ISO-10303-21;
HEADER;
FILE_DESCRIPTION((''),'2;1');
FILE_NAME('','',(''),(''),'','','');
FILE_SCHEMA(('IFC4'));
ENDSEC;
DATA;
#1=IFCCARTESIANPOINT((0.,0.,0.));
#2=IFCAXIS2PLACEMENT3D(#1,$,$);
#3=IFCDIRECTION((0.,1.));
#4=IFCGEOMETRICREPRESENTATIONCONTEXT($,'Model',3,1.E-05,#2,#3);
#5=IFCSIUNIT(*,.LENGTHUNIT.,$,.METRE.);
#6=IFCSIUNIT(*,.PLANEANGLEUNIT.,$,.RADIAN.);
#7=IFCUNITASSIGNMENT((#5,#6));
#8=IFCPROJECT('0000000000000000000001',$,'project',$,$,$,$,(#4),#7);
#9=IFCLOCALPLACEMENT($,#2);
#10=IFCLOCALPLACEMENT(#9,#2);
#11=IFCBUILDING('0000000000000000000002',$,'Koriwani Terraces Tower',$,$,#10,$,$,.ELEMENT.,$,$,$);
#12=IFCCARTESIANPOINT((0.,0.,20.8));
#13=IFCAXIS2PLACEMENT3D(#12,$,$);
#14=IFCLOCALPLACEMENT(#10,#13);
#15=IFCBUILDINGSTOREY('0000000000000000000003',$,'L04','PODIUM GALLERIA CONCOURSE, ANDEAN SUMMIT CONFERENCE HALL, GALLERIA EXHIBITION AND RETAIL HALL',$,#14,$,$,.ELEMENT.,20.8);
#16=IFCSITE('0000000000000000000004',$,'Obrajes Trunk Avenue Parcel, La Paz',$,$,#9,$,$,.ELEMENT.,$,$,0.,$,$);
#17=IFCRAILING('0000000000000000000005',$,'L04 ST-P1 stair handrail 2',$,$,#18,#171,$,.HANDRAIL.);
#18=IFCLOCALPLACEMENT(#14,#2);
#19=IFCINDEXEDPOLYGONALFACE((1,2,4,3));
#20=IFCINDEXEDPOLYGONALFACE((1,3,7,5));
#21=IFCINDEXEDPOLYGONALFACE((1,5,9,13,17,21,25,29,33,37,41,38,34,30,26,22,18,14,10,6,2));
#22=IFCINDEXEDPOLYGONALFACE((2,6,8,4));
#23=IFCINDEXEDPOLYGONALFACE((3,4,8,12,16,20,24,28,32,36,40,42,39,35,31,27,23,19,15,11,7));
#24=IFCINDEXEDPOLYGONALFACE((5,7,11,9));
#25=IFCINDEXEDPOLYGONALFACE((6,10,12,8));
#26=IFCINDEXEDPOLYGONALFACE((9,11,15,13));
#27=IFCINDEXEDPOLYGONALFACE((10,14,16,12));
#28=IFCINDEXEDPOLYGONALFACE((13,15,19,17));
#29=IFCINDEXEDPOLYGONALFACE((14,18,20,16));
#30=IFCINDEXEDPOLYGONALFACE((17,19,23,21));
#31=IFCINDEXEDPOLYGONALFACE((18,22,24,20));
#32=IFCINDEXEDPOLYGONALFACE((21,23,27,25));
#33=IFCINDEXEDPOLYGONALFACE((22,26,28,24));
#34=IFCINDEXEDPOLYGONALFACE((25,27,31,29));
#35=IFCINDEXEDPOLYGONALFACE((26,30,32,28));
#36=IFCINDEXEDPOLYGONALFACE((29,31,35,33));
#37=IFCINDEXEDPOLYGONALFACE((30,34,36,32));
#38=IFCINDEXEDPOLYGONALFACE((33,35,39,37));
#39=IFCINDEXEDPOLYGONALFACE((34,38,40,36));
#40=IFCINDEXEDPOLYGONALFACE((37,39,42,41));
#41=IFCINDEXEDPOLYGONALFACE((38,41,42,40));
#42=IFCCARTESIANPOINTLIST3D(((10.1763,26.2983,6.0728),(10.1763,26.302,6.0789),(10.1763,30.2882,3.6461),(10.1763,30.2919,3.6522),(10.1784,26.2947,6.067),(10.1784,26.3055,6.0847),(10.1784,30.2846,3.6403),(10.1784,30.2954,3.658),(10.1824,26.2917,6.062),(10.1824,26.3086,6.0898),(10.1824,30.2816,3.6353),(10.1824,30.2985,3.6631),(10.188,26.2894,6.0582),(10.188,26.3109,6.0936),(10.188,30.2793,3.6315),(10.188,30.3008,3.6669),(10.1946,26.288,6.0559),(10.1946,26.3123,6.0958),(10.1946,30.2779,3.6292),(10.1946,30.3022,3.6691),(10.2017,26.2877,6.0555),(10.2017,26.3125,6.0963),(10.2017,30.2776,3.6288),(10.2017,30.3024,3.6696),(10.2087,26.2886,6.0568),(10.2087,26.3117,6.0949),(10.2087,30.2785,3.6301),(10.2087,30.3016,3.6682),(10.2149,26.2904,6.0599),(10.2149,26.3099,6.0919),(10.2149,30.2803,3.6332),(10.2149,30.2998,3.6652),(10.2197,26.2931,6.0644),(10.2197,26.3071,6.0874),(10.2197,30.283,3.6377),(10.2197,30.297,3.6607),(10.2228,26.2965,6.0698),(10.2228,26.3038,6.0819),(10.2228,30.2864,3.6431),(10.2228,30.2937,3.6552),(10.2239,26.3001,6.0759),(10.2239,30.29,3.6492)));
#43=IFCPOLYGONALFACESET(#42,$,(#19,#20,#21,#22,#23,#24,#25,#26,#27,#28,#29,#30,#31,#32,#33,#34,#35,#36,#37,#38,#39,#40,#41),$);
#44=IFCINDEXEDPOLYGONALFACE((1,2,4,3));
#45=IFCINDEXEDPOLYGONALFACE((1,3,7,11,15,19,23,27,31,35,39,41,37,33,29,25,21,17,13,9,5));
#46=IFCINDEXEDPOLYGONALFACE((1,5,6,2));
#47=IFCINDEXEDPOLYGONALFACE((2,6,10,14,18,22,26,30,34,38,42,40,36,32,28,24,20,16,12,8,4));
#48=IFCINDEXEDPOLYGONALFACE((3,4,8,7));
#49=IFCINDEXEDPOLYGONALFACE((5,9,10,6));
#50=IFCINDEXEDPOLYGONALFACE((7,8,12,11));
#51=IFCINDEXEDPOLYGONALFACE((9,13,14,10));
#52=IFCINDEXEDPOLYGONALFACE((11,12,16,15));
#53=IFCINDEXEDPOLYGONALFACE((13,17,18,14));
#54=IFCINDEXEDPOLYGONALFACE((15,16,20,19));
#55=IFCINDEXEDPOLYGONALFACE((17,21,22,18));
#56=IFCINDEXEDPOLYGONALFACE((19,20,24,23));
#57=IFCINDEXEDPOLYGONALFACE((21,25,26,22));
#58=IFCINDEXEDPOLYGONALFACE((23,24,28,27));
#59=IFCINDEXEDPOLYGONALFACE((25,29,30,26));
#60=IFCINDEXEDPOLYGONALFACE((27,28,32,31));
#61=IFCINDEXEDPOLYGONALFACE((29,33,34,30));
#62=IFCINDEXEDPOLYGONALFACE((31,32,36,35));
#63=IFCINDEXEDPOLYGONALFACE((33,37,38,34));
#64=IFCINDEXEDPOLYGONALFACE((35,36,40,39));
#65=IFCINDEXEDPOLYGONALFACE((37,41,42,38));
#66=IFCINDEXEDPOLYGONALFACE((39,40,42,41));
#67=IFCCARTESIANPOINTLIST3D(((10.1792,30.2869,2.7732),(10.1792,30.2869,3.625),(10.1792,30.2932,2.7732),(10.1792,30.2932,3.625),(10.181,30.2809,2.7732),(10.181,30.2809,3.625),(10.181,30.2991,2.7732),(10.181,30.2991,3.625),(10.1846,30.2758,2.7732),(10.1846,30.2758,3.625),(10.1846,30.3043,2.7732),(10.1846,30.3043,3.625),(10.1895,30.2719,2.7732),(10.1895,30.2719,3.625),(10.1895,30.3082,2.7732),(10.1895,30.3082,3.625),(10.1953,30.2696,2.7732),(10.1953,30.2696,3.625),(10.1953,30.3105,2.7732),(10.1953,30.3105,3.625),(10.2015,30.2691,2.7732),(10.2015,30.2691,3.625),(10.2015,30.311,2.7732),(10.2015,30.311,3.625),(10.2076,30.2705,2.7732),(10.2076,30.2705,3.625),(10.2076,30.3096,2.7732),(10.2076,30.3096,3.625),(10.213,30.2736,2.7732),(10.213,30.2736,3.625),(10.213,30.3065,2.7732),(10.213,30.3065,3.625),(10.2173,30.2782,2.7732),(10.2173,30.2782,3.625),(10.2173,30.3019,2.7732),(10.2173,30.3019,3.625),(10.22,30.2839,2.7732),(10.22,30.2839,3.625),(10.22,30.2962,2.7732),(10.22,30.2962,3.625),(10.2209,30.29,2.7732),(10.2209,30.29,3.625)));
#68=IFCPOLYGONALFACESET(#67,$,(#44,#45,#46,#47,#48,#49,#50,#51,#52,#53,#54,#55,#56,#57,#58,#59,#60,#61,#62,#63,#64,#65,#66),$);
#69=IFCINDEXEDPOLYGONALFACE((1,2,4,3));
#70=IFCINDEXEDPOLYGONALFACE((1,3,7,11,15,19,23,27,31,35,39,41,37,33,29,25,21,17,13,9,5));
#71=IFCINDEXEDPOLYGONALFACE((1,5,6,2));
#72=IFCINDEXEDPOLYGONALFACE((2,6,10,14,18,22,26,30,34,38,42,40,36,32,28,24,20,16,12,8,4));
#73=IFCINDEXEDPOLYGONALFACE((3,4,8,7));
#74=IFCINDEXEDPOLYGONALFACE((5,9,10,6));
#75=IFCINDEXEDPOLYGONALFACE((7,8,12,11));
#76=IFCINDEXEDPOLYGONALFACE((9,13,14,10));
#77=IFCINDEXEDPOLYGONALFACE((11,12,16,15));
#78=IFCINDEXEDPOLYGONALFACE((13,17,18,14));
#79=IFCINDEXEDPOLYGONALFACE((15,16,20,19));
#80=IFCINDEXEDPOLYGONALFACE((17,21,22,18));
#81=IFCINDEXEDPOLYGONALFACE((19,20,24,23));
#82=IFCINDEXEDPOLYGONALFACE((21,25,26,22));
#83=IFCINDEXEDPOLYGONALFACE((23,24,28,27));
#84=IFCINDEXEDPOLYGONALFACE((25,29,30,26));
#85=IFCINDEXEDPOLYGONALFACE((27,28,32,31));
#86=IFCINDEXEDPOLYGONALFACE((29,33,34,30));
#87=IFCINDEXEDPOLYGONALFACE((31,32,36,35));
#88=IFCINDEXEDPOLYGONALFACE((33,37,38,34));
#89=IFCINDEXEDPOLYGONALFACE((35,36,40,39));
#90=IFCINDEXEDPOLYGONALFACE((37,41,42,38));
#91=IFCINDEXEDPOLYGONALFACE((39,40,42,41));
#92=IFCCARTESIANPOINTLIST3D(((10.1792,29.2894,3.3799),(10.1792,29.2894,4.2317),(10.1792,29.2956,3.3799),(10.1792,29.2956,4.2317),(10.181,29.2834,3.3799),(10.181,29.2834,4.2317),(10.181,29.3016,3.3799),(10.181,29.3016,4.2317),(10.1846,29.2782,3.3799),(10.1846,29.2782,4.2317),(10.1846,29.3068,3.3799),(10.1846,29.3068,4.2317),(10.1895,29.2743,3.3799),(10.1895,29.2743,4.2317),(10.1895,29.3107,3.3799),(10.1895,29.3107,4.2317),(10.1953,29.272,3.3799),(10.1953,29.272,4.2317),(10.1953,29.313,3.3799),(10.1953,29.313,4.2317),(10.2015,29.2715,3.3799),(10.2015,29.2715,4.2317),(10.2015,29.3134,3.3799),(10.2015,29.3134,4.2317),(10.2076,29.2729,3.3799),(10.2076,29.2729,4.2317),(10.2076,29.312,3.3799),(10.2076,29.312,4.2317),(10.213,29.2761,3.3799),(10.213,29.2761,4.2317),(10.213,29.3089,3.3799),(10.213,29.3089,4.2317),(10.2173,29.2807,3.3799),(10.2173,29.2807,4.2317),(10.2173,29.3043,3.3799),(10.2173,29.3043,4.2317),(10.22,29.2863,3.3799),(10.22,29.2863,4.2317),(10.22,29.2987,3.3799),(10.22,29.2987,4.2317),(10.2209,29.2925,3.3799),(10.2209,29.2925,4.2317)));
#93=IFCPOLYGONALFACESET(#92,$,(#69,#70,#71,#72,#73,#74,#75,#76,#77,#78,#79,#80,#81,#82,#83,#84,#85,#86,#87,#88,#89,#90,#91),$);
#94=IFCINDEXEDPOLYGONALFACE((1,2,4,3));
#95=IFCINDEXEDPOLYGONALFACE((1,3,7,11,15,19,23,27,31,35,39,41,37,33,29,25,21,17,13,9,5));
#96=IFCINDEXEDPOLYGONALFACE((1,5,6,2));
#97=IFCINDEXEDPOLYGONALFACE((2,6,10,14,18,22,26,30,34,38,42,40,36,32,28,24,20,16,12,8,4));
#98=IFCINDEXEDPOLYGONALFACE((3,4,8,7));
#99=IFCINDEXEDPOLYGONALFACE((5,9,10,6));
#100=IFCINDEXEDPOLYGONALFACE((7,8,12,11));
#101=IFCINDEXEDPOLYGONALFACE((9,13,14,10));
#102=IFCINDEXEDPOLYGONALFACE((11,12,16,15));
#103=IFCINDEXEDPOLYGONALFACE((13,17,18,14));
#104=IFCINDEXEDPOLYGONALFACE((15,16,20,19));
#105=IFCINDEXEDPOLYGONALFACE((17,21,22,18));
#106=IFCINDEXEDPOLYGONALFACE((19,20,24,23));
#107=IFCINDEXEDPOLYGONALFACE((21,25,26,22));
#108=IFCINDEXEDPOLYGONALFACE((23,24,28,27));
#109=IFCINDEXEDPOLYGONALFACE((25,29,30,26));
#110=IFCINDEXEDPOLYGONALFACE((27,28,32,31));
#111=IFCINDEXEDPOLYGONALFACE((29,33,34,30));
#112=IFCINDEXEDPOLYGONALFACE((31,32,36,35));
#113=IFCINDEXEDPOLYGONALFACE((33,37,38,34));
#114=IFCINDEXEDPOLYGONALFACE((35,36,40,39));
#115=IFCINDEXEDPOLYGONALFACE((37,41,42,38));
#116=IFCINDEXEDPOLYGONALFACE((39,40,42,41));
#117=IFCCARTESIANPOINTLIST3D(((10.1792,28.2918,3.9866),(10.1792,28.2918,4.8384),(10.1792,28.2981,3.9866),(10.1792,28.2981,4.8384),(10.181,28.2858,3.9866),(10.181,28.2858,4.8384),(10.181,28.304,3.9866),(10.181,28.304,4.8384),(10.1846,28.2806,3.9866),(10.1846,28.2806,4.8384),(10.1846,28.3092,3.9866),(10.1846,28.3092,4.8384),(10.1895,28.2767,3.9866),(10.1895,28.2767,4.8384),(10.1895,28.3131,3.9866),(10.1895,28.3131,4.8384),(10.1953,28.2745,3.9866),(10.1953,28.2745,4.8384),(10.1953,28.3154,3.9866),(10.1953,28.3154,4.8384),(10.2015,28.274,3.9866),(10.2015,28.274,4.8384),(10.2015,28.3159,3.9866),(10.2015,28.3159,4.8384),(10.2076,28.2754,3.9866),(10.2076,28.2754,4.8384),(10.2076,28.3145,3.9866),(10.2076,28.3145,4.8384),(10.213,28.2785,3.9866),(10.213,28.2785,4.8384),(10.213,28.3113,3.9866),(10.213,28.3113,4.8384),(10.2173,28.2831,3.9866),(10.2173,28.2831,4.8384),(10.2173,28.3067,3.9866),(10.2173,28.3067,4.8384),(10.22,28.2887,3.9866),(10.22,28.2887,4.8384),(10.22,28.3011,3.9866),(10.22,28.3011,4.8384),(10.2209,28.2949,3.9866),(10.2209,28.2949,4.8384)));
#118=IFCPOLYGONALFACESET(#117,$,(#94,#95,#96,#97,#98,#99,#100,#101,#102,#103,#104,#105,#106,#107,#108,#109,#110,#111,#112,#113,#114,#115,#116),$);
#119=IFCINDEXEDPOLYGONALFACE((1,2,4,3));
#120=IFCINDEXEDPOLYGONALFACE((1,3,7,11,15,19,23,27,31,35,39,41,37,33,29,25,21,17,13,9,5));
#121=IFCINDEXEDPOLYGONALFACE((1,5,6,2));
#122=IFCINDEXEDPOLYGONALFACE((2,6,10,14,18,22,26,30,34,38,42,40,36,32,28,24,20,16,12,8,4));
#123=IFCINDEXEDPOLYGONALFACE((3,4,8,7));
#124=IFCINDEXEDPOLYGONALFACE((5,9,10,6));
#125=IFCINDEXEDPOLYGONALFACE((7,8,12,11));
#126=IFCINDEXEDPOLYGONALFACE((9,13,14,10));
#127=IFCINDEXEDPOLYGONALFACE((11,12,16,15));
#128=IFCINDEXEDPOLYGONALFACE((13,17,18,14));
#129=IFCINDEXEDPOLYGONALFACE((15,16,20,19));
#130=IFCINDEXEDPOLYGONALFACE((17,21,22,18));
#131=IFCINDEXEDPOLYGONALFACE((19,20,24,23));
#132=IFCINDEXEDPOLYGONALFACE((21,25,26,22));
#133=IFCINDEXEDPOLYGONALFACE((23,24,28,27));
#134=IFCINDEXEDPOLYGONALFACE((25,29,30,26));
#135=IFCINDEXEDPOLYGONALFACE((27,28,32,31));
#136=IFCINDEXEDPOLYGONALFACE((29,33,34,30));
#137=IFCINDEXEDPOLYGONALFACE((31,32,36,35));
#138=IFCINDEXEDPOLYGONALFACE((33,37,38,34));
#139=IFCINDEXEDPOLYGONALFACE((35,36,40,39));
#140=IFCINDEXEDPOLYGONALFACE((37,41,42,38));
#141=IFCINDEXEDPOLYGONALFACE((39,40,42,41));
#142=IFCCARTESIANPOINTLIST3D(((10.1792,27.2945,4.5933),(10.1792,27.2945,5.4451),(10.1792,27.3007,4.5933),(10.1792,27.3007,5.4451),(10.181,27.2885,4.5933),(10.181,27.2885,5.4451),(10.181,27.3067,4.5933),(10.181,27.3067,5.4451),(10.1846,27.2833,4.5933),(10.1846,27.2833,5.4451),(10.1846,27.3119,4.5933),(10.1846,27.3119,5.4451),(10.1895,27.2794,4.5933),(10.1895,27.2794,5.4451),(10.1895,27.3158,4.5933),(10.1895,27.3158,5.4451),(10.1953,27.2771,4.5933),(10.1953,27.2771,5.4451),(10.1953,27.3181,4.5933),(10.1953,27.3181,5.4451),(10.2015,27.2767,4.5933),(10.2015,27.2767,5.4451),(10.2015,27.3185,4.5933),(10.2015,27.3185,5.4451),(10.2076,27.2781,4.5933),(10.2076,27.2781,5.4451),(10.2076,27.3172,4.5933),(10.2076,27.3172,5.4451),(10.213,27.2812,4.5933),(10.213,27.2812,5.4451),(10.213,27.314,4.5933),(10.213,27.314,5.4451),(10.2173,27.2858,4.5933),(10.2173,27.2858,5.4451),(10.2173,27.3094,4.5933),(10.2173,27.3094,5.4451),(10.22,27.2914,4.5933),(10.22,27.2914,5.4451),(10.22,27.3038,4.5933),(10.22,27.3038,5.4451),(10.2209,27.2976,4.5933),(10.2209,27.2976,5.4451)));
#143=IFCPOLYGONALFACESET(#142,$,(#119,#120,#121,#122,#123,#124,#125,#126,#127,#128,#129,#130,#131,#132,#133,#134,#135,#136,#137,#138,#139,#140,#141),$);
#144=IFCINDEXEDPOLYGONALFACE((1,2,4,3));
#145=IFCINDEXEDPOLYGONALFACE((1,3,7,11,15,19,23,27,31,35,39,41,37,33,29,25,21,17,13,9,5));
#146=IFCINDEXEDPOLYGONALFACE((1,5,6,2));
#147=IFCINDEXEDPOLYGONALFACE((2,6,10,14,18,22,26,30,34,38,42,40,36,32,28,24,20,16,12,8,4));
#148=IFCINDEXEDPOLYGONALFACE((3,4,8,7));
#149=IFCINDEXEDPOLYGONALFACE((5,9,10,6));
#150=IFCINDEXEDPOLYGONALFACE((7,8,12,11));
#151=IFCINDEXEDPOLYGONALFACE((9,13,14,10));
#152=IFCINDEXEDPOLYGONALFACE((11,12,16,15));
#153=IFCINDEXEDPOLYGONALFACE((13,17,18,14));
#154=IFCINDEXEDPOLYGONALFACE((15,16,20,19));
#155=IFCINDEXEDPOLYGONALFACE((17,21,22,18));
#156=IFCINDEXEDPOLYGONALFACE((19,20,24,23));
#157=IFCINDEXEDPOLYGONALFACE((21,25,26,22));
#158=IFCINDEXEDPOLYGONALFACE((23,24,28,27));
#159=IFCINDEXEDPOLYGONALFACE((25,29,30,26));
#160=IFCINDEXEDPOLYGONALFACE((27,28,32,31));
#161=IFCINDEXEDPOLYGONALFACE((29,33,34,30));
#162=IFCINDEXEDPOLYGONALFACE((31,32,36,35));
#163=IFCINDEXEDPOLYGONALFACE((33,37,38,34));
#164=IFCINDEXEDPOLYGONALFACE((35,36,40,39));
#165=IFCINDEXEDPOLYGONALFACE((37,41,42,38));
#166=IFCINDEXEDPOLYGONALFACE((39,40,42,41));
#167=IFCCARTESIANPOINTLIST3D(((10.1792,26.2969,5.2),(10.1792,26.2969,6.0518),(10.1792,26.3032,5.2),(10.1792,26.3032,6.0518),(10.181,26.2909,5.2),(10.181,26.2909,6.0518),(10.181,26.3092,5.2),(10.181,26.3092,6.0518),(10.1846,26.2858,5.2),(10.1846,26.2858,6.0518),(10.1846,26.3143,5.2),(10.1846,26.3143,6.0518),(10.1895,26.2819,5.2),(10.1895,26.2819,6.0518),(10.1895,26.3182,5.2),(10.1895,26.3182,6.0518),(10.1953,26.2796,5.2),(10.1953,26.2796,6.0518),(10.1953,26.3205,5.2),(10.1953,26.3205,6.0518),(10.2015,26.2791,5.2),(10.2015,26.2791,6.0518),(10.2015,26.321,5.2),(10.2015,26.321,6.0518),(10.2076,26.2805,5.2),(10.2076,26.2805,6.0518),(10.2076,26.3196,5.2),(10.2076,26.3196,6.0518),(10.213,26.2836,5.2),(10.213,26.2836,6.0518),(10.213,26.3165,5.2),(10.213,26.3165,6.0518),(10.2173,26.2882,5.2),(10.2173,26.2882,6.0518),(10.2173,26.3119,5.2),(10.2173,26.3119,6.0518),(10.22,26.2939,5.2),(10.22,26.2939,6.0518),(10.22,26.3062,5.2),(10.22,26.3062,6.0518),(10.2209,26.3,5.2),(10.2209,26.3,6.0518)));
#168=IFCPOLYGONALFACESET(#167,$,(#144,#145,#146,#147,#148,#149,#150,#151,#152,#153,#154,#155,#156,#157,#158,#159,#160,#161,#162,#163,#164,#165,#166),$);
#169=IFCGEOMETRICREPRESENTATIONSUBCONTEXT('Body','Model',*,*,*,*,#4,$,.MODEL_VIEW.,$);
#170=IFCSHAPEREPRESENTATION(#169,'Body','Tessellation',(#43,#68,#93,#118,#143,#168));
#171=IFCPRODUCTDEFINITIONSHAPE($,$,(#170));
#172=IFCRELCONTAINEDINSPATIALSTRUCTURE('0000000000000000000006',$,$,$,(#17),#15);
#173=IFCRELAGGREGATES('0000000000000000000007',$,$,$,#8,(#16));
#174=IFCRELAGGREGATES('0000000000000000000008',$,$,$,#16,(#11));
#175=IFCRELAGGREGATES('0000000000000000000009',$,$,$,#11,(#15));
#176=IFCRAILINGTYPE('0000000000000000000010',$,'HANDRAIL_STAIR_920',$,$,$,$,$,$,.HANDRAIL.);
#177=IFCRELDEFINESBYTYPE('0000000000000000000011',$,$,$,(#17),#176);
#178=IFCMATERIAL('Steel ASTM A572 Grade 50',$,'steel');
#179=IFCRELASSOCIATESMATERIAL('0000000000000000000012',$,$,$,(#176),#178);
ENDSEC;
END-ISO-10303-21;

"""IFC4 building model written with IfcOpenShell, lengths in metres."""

from ifc_helpers import new_model, si_unit, direction, frame, origin, origin_2d, place, context, subcontext, project, spatial, circle, extrude, material, type_object, element, save


model = new_model("IFC4")

# Units and contexts
model_context = context("Model", 3, precision=1e-05, world=origin(), true_north=direction((0.0, 1.0)))
body_context = subcontext(model_context, "Body", "Model", "MODEL_VIEW")
ifc_project = project(units=[si_unit("LENGTHUNIT", "METRE"), si_unit("PLANEANGLEUNIT", "RADIAN")], contexts=[model_context])

# Site, building, storey
site_placement = place(None, origin())
site = spatial("IfcSite", under=ifc_project, at=site_placement, Name="Obrajes Trunk Avenue Parcel, La Paz", CompositionType="ELEMENT", RefElevation=0.0)
building_placement = place(site_placement, origin())
building = spatial("IfcBuilding", under=site, at=building_placement, Name="Koriwani Terraces Tower", CompositionType="ELEMENT")
storey_placement = place(building_placement, frame((0.0, 0.0, 20.8)))
storey = spatial("IfcBuildingStorey", under=building, at=storey_placement, Name="L04", Description="PODIUM GALLERIA CONCOURSE, ANDEAN SUMMIT CONFERENCE HALL, GALLERIA EXHIBITION AND RETAIL HALL", CompositionType="ELEMENT", Elevation=20.8)

# Shared definitions
ifc_material_1 = material(Name="Steel ASTM A572 Grade 50", Category="steel")

# Railing
railing_type_1 = type_object("IfcRailingType", Name="HANDRAIL_STAIR_920", PredefinedType="HANDRAIL", material=ifc_material_1)
railing_1_placement = place(storey_placement, frame((10.2, 30.29, 2.7732)))
element("IfcRailing", 1, at=railing_1_placement, inside=storey, type_object=railing_type_1, Name="L04 ST-P1 stair handrail 2", PredefinedType="HANDRAIL", context=body_context, shape_type="SweptSolid", body=[
    extrude(circle(Radius=0.0239, at=origin_2d()), frame((0.0, 0.0, 0.876), z_axis=(0.0, -0.854382, 0.519645), x_axis=(1.0, 0.0, 0.0)), (0.0, 0.0, 1.0), 4.6699),
    extrude(circle(Radius=0.021, at=origin_2d()), origin(), (0.0, 0.0, 1.0), 0.8518),
    extrude(circle(Radius=0.021, at=origin_2d()), frame((0.0, -0.9976, 0.6067)), (0.0, 0.0, 1.0), 0.8518),
    extrude(circle(Radius=0.021, at=origin_2d()), frame((0.0, -1.9951, 1.2134)), (0.0, 0.0, 1.0), 0.8518),
    extrude(circle(Radius=0.021, at=origin_2d()), frame((0.0, -2.9924, 1.8201)), (0.0, 0.0, 1.0), 0.8518),
    extrude(circle(Radius=0.021, at=origin_2d()), frame((0.0, -3.99, 2.4268)), (0.0, 0.0, 1.0), 0.8518),
])

save(model, "model.ifc")
